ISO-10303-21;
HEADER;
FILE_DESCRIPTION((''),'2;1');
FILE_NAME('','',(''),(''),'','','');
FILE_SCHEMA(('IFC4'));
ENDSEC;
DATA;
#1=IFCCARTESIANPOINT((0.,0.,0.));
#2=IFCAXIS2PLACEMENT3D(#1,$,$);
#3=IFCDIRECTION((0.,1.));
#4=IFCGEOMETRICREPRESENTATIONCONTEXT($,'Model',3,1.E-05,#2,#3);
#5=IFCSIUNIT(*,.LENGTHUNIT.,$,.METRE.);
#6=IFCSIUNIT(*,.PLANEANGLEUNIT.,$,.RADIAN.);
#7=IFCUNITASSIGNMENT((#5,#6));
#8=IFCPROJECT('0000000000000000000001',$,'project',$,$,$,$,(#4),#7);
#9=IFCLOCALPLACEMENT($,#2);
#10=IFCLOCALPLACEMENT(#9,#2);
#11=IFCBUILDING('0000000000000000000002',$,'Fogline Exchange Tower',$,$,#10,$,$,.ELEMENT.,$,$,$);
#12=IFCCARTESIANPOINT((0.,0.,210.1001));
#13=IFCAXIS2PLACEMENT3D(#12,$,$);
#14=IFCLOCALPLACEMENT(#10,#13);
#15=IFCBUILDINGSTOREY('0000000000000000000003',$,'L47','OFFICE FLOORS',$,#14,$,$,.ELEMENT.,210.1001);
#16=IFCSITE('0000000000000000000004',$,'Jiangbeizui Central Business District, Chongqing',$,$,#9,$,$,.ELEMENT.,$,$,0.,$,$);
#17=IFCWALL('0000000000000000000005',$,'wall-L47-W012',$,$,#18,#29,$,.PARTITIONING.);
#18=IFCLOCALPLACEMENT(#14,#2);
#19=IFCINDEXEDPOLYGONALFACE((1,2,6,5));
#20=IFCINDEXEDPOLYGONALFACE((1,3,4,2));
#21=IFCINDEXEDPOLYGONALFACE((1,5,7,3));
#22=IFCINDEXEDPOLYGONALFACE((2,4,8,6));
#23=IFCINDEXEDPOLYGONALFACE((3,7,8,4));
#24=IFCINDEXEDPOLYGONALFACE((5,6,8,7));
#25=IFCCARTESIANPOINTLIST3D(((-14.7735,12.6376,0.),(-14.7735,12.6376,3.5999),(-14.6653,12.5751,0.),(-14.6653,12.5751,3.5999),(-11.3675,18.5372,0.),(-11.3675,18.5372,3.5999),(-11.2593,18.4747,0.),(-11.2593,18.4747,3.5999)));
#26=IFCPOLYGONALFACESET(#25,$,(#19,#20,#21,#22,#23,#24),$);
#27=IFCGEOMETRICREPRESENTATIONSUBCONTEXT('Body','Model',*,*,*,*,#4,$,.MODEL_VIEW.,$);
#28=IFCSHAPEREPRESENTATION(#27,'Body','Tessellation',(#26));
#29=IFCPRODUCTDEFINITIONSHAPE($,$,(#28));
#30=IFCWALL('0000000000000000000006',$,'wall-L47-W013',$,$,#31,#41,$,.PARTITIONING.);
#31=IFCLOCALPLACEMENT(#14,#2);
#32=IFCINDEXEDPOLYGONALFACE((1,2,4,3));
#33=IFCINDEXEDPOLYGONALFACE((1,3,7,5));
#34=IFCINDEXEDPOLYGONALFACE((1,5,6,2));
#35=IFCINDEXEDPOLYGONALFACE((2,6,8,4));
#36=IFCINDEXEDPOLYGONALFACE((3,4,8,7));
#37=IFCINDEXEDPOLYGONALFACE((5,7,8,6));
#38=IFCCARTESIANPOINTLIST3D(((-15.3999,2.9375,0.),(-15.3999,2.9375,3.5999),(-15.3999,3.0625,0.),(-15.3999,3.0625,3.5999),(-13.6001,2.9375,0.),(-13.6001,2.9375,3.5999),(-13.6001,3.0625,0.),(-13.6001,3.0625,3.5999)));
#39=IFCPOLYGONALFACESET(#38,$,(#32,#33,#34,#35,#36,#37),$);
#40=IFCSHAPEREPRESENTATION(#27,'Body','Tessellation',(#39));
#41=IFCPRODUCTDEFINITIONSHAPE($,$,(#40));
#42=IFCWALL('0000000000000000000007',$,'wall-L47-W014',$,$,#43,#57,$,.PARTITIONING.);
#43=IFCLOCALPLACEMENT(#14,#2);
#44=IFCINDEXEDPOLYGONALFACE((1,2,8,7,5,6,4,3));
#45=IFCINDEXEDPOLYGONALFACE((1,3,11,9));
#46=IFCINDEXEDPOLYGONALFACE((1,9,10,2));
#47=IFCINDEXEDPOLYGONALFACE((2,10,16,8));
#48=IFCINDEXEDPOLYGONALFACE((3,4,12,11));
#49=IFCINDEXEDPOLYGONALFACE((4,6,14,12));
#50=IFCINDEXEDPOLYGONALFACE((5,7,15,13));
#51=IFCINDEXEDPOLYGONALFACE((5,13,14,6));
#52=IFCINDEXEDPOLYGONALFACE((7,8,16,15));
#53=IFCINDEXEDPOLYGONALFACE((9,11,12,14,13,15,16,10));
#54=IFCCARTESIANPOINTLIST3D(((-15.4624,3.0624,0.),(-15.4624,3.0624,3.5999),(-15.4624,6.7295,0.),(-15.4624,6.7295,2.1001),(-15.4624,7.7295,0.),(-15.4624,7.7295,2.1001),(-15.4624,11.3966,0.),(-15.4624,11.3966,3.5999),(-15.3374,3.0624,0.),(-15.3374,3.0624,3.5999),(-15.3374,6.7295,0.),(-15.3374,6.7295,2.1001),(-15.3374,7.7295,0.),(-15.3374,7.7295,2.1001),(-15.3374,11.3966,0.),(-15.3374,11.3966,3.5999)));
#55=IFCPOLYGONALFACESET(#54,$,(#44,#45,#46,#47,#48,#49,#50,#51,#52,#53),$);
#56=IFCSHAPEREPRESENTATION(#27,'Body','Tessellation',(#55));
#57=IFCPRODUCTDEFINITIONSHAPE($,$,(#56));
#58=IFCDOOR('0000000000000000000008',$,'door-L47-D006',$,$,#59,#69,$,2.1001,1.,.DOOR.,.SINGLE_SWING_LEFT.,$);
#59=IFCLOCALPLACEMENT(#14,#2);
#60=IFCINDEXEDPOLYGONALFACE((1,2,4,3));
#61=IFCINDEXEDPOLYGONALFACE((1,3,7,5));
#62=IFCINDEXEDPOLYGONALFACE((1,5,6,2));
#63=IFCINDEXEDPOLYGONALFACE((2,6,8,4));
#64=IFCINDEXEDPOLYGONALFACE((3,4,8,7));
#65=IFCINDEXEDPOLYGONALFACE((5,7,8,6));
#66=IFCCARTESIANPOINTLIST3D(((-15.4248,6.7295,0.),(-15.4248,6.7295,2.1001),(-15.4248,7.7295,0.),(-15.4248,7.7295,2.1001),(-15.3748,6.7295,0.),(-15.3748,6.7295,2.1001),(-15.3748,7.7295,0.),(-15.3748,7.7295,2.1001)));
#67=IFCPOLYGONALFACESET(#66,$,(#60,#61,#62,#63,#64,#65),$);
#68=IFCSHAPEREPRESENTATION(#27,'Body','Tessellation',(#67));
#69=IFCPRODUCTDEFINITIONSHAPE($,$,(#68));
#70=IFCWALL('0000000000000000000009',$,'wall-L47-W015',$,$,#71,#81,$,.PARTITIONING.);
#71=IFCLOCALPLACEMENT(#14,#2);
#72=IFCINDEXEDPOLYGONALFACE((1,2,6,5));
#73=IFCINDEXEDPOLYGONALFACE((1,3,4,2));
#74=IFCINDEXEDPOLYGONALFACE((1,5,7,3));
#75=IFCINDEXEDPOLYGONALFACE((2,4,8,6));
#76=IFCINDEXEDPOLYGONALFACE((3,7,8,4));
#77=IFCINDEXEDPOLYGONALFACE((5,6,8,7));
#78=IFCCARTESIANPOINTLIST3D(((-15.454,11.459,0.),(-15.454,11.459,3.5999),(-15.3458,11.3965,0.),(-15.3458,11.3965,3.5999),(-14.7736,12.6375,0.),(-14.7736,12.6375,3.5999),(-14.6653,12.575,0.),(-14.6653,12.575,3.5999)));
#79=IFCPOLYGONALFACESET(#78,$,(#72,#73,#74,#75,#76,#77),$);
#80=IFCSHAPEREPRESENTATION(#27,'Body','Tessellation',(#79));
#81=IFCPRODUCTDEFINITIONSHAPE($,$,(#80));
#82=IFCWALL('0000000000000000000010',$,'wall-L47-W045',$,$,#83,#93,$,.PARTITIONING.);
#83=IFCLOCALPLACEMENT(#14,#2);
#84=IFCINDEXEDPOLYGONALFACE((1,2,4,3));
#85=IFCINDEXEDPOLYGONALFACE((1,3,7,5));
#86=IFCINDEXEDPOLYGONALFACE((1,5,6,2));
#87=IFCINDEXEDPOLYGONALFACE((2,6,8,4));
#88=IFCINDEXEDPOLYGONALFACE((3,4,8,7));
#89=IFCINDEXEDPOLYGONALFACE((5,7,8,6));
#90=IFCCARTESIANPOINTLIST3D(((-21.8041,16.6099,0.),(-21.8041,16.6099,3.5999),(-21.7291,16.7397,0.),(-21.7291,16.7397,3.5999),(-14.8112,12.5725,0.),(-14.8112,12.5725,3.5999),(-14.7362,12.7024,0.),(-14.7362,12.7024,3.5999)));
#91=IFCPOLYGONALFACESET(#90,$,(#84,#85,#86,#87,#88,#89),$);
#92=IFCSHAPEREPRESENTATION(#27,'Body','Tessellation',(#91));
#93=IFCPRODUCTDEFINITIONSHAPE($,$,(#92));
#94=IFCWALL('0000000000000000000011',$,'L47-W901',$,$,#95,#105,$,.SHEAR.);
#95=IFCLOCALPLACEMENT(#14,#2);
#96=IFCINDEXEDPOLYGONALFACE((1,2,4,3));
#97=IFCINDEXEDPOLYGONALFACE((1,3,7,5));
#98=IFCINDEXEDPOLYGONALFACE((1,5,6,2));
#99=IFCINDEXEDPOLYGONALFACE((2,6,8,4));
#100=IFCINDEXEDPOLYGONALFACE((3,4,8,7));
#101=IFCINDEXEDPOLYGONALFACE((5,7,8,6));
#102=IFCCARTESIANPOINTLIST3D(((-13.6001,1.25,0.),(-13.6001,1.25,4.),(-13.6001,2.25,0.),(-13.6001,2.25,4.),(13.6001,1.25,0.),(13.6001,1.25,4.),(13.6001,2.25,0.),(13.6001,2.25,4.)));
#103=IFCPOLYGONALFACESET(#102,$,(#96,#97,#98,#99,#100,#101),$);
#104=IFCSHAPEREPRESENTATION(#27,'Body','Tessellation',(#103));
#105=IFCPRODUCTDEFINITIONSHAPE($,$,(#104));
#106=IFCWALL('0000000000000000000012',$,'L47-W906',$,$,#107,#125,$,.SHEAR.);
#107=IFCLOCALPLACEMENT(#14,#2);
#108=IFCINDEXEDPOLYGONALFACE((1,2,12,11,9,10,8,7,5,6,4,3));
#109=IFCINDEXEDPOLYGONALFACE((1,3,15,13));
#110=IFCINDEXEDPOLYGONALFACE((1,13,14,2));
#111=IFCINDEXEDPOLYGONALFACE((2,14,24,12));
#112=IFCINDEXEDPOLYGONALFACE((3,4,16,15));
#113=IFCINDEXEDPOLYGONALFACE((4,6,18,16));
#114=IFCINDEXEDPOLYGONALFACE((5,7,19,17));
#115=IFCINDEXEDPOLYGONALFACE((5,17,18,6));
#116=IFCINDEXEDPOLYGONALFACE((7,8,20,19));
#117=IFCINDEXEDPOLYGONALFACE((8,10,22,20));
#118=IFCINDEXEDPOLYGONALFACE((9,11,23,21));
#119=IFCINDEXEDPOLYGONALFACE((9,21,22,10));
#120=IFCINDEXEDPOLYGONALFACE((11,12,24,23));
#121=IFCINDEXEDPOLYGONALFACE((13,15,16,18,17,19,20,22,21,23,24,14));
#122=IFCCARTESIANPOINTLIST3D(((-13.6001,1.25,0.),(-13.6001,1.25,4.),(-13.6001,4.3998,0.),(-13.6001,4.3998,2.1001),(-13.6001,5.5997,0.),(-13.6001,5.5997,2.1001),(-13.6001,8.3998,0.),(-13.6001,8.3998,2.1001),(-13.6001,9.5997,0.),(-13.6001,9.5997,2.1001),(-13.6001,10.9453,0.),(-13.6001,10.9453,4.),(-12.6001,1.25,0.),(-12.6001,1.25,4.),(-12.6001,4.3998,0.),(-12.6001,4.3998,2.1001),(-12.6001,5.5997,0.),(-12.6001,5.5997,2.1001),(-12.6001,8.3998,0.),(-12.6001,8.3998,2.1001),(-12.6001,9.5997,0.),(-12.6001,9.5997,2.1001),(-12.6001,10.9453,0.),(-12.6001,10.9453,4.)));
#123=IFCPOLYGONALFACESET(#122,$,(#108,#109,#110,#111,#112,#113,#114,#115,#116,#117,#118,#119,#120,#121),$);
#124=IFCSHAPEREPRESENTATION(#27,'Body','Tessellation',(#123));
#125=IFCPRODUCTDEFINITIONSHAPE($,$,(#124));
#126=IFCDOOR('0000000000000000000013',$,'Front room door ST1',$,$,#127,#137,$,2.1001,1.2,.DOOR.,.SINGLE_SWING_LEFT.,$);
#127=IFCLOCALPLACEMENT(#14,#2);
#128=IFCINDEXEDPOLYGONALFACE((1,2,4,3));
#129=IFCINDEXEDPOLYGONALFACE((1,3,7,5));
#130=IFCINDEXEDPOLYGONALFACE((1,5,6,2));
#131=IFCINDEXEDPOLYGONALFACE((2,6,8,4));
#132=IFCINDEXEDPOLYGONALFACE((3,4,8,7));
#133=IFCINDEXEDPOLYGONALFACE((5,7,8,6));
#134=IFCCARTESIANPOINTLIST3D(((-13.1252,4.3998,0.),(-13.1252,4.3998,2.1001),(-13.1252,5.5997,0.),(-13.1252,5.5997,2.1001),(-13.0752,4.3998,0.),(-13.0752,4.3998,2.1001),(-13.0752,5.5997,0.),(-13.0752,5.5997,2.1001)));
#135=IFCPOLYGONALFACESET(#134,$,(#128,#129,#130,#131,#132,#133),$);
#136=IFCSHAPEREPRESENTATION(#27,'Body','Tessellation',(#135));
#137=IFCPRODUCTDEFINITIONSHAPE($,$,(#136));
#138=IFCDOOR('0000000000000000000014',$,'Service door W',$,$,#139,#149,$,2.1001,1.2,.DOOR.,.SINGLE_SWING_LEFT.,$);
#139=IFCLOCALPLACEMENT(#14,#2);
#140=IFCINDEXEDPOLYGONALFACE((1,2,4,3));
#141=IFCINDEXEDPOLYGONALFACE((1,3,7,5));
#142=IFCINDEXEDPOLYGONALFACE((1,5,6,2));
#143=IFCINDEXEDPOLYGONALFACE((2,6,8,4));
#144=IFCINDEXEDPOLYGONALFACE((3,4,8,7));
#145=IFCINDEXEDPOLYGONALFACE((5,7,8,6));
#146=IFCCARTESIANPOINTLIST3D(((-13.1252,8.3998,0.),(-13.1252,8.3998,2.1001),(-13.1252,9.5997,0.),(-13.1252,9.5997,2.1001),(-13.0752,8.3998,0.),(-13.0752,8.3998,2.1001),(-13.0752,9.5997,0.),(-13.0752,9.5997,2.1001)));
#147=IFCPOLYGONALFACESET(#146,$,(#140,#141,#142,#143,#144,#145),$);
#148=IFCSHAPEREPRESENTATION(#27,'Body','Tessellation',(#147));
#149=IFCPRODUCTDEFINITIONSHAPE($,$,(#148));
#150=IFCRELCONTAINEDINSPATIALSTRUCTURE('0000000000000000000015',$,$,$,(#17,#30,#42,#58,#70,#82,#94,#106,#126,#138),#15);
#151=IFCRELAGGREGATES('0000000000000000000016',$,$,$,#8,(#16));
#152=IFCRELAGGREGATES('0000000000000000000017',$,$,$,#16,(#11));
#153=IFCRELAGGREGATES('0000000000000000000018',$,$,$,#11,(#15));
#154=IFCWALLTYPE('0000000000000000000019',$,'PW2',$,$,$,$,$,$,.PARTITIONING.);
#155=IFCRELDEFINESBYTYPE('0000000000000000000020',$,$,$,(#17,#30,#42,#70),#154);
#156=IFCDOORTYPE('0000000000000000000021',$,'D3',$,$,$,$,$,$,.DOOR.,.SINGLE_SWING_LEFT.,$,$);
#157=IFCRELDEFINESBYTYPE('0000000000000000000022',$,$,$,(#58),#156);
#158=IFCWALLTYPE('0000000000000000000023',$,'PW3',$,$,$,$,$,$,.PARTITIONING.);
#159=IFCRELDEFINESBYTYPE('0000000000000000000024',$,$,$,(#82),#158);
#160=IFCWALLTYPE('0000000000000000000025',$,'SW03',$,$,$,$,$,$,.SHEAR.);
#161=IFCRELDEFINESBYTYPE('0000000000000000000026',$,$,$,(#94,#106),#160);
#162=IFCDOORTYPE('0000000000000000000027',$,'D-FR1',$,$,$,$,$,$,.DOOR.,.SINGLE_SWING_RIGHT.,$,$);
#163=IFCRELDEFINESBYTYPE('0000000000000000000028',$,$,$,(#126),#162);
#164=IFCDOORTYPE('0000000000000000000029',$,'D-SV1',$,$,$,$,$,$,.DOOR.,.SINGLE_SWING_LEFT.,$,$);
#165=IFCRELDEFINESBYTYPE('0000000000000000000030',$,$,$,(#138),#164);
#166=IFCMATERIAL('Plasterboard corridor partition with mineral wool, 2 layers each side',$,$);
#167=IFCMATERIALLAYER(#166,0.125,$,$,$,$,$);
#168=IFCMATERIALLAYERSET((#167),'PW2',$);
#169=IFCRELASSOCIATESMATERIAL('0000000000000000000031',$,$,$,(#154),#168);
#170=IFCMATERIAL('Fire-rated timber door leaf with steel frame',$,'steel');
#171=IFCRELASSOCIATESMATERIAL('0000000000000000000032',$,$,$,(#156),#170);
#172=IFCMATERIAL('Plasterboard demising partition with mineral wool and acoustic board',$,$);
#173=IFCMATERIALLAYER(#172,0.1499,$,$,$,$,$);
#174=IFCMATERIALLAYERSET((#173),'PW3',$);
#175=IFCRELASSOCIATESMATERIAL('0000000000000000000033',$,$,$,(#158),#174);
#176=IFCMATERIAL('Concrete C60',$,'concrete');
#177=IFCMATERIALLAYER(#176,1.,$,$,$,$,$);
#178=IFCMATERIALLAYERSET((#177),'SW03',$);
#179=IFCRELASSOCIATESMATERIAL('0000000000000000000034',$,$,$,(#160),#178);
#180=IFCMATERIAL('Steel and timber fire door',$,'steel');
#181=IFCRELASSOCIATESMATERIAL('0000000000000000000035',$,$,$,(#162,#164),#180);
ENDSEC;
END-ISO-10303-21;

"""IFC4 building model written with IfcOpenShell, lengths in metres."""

from ifc_helpers import new_model, si_unit, direction, frame, frame_2d, origin, place, context, subcontext, project, spatial, rectangle, extrude, material, layer, layer_set, type_object, element, fill, save


model = new_model("IFC4")

# Units and contexts
model_context = context("Model", 3, precision=1e-05, world=origin(), true_north=direction((0.0, 1.0)))
body_context = subcontext(model_context, "Body", "Model", "MODEL_VIEW")
ifc_project = project(units=[si_unit("LENGTHUNIT", "METRE"), si_unit("PLANEANGLEUNIT", "RADIAN")], contexts=[model_context])

# Site, building, storey
site_placement = place(None, origin())
site = spatial("IfcSite", under=ifc_project, at=site_placement, Name="Jiangbeizui Central Business District, Chongqing", CompositionType="ELEMENT", RefElevation=0.0)
building_placement = place(site_placement, origin())
building = spatial("IfcBuilding", under=site, at=building_placement, Name="Fogline Exchange Tower", CompositionType="ELEMENT")
storey_placement = place(building_placement, frame((0.0, 0.0, 210.1001)))
storey = spatial("IfcBuildingStorey", under=building, at=storey_placement, Name="L47", Description="OFFICE FLOORS", CompositionType="ELEMENT", Elevation=210.1001)

# Shared definitions
ifc_material_1 = material(Name="Steel and timber fire door", Category="steel")

# Walls
ifc_material_2 = material(Name="Plasterboard corridor partition with mineral wool, 2 layers each side")
ifc_layer_1 = layer(ifc_material_2, 0.125)
ifc_layer_set_1 = layer_set([ifc_layer_1], Name="PW2")
wall_type_1 = type_object("IfcWallType", Name="PW2", PredefinedType="PARTITIONING", material=ifc_layer_set_1)
wall_1_placement = place(storey_placement, frame((-14.7195, 12.6062, 0.0), z_axis=(0.0, 0.0, 1.0), x_axis=(0.499982, 0.866036, 0.0)))
element("IfcWall", 1, at=wall_1_placement, inside=storey, type_object=wall_type_1, Name="wall-L47-W012", PredefinedType="PARTITIONING", context=body_context, shape_type="SweptSolid", body=[
    extrude(rectangle(XDim=6.8123, YDim=0.125, at=frame_2d((3.4062, 0.0))), origin(), (0.0, 0.0, 1.0), 3.5999),
])
wall_2_placement = place(storey_placement, frame((-13.6001, 3.0, 0.0), z_axis=(0.0, 0.0, 1.0), x_axis=(-1.0, 0.0, 0.0)))
element("IfcWall", 2, at=wall_2_placement, inside=storey, type_object=wall_type_1, Name="wall-L47-W013", PredefinedType="PARTITIONING", context=body_context, shape_type="SweptSolid", body=[
    extrude(rectangle(XDim=1.7998, YDim=0.125, at=frame_2d((0.8999, 0.0))), origin(), (0.0, 0.0, 1.0), 3.5999),
])

# Wall, opening, door
wall_3_placement = place(storey_placement, frame((-15.3999, 3.0625, 0.0), z_axis=(0.0, 0.0, 1.0), x_axis=(0.0, 1.0, 0.0)))
wall_3 = element("IfcWall", 3, at=wall_3_placement, inside=storey, type_object=wall_type_1, Name="wall-L47-W014", PredefinedType="PARTITIONING", context=body_context, shape_type="SweptSolid", body=[
    extrude(rectangle(XDim=8.3342, YDim=0.125, at=frame_2d((4.167, 0.0))), origin(), (0.0, 0.0, 1.0), 3.5999),
])
opening_1_placement = place(wall_3_placement, frame((3.667, 0.0, 0.0)))
opening_1 = element("IfcOpeningElement", 4, at=opening_1_placement, cuts=wall_3, PredefinedType="OPENING", context=body_context, shape_type="SweptSolid", body=[
    extrude(rectangle(XDim=1.0, YDim=2.1001, at=frame_2d((0.5, 1.05))), frame((0.0, 0.0725, 0.0), z_axis=(0.0, -1.0, 0.0), x_axis=(1.0, 0.0, 0.0)), (0.0, 0.0, 1.0), 0.145),
])
ifc_material_3 = material(Name="Fire-rated timber door leaf with steel frame", Category="steel")
door_type_1 = type_object("IfcDoorType", Name="D3", OperationType="SINGLE_SWING_LEFT", PredefinedType="DOOR", material=ifc_material_3)
door_1_placement = place(opening_1_placement, origin())
door_1 = element("IfcDoor", 5, at=door_1_placement, inside=storey, type_object=door_type_1, Name="door-L47-D006", OperationType="SINGLE_SWING_LEFT", OverallHeight=2.1001, OverallWidth=1.0, PredefinedType="DOOR", context=body_context, shape_type="SweptSolid", body=[
    extrude(rectangle(XDim=1.0, YDim=2.1001, at=frame_2d((0.5, 1.05))), frame((0.0, 0.0249, 0.0), z_axis=(0.0, -1.0, 0.0), x_axis=(1.0, 0.0, 0.0)), (0.0, 0.0, 1.0), 0.05),
])
fill(opening_1, door_1)

# Walls
wall_4_placement = place(storey_placement, frame((-15.3999, 11.4277, 0.0), z_axis=(0.0, 0.0, 1.0), x_axis=(0.500018, 0.866015, 0.0)))
element("IfcWall", 6, at=wall_4_placement, inside=storey, type_object=wall_type_1, Name="wall-L47-W015", PredefinedType="PARTITIONING", context=body_context, shape_type="SweptSolid", body=[
    extrude(rectangle(XDim=1.3608, YDim=0.125, at=frame_2d((0.6804, 0.0))), origin(), (0.0, 0.0, 1.0), 3.5999),
])
ifc_material_4 = material(Name="Plasterboard demising partition with mineral wool and acoustic board")
ifc_layer_2 = layer(ifc_material_4, 0.1499)
ifc_layer_set_2 = layer_set([ifc_layer_2], Name="PW3")
wall_type_2 = type_object("IfcWallType", Name="PW3", PredefinedType="PARTITIONING", material=ifc_layer_set_2)
wall_5_placement = place(storey_placement, frame((-14.7737, 12.6375, 0.0), z_axis=(0.0, 0.0, 1.0), x_axis=(-0.866026, 0.499999, 0.0)))
element("IfcWall", 7, at=wall_5_placement, inside=storey, type_object=wall_type_2, Name="wall-L47-W045", PredefinedType="PARTITIONING", context=body_context, shape_type="SweptSolid", body=[
    extrude(rectangle(XDim=8.0747, YDim=0.1499, at=frame_2d((4.0374, 0.0))), origin(), (0.0, 0.0, 1.0), 3.5999),
])
ifc_material_5 = material(Name="Concrete C60", Category="concrete")
ifc_layer_3 = layer(ifc_material_5, 1.0)
ifc_layer_set_3 = layer_set([ifc_layer_3], Name="SW03")
wall_type_3 = type_object("IfcWallType", Name="SW03", PredefinedType="SHEAR", material=ifc_layer_set_3)
wall_6_placement = place(storey_placement, frame((-13.6001, 1.75, 0.0), z_axis=(0.0, 0.0, 1.0), x_axis=(1.0, 0.0, 0.0)))
element("IfcWall", 8, at=wall_6_placement, inside=storey, type_object=wall_type_3, Name="L47-W901", PredefinedType="SHEAR", context=body_context, shape_type="SweptSolid", body=[
    extrude(rectangle(XDim=27.2002, YDim=1.0, at=frame_2d((13.6001, 0.0))), origin(), (0.0, 0.0, 1.0), 4.0),
])

# Wall, openings, doors
wall_7_placement = place(storey_placement, frame((-13.1001, 10.9453, 0.0), z_axis=(0.0, 0.0, 1.0), x_axis=(0.0, -1.0, 0.0)))
wall_7 = element("IfcWall", 9, at=wall_7_placement, inside=storey, type_object=wall_type_3, Name="L47-W906", PredefinedType="SHEAR", context=body_context, shape_type="SweptSolid", body=[
    extrude(rectangle(XDim=9.6953, YDim=1.0, at=frame_2d((4.8477, 0.0))), origin(), (0.0, 0.0, 1.0), 4.0),
])
opening_2_placement = place(wall_7_placement, frame((5.3455, 0.0, 0.0)))
opening_2 = element("IfcOpeningElement", 10, at=opening_2_placement, cuts=wall_7, PredefinedType="OPENING", context=body_context, shape_type="SweptSolid", body=[
    extrude(rectangle(XDim=1.2, YDim=2.1001, at=frame_2d((0.6001, 1.05))), frame((0.0, 0.51, 0.0), z_axis=(0.0, -1.0, 0.0), x_axis=(1.0, 0.0, 0.0)), (0.0, 0.0, 1.0), 1.02),
])
opening_3_placement = place(wall_7_placement, frame((1.3455, 0.0, 0.0)))
opening_3 = element("IfcOpeningElement", 11, at=opening_3_placement, cuts=wall_7, PredefinedType="OPENING", context=body_context, shape_type="SweptSolid", body=[
    extrude(rectangle(XDim=1.2, YDim=2.1001, at=frame_2d((0.6001, 1.05))), frame((0.0, 0.51, 0.0), z_axis=(0.0, -1.0, 0.0), x_axis=(1.0, 0.0, 0.0)), (0.0, 0.0, 1.0), 1.02),
])
door_type_2 = type_object("IfcDoorType", Name="D-FR1", OperationType="SINGLE_SWING_RIGHT", PredefinedType="DOOR", material=ifc_material_1)
door_2_placement = place(opening_2_placement, origin())
door_2 = element("IfcDoor", 12, at=door_2_placement, inside=storey, type_object=door_type_2, Name="Front room door ST1", OperationType="SINGLE_SWING_LEFT", OverallHeight=2.1001, OverallWidth=1.2, PredefinedType="DOOR", context=body_context, shape_type="SweptSolid", body=[
    extrude(rectangle(XDim=1.2, YDim=2.1001, at=frame_2d((0.6001, 1.05))), frame((0.0, 0.0249, 0.0), z_axis=(0.0, -1.0, 0.0), x_axis=(1.0, 0.0, 0.0)), (0.0, 0.0, 1.0), 0.05),
])
fill(opening_2, door_2)
door_type_3 = type_object("IfcDoorType", Name="D-SV1", OperationType="SINGLE_SWING_LEFT", PredefinedType="DOOR", material=ifc_material_1)
door_3_placement = place(opening_3_placement, origin())
door_3 = element("IfcDoor", 13, at=door_3_placement, inside=storey, type_object=door_type_3, Name="Service door W", OperationType="SINGLE_SWING_LEFT", OverallHeight=2.1001, OverallWidth=1.2, PredefinedType="DOOR", context=body_context, shape_type="SweptSolid", body=[
    extrude(rectangle(XDim=1.2, YDim=2.1001, at=frame_2d((0.6001, 1.05))), frame((0.0, 0.0249, 0.0), z_axis=(0.0, -1.0, 0.0), x_axis=(1.0, 0.0, 0.0)), (0.0, 0.0, 1.0), 0.05),
])
fill(opening_3, door_3)

save(model, "model.ifc")
